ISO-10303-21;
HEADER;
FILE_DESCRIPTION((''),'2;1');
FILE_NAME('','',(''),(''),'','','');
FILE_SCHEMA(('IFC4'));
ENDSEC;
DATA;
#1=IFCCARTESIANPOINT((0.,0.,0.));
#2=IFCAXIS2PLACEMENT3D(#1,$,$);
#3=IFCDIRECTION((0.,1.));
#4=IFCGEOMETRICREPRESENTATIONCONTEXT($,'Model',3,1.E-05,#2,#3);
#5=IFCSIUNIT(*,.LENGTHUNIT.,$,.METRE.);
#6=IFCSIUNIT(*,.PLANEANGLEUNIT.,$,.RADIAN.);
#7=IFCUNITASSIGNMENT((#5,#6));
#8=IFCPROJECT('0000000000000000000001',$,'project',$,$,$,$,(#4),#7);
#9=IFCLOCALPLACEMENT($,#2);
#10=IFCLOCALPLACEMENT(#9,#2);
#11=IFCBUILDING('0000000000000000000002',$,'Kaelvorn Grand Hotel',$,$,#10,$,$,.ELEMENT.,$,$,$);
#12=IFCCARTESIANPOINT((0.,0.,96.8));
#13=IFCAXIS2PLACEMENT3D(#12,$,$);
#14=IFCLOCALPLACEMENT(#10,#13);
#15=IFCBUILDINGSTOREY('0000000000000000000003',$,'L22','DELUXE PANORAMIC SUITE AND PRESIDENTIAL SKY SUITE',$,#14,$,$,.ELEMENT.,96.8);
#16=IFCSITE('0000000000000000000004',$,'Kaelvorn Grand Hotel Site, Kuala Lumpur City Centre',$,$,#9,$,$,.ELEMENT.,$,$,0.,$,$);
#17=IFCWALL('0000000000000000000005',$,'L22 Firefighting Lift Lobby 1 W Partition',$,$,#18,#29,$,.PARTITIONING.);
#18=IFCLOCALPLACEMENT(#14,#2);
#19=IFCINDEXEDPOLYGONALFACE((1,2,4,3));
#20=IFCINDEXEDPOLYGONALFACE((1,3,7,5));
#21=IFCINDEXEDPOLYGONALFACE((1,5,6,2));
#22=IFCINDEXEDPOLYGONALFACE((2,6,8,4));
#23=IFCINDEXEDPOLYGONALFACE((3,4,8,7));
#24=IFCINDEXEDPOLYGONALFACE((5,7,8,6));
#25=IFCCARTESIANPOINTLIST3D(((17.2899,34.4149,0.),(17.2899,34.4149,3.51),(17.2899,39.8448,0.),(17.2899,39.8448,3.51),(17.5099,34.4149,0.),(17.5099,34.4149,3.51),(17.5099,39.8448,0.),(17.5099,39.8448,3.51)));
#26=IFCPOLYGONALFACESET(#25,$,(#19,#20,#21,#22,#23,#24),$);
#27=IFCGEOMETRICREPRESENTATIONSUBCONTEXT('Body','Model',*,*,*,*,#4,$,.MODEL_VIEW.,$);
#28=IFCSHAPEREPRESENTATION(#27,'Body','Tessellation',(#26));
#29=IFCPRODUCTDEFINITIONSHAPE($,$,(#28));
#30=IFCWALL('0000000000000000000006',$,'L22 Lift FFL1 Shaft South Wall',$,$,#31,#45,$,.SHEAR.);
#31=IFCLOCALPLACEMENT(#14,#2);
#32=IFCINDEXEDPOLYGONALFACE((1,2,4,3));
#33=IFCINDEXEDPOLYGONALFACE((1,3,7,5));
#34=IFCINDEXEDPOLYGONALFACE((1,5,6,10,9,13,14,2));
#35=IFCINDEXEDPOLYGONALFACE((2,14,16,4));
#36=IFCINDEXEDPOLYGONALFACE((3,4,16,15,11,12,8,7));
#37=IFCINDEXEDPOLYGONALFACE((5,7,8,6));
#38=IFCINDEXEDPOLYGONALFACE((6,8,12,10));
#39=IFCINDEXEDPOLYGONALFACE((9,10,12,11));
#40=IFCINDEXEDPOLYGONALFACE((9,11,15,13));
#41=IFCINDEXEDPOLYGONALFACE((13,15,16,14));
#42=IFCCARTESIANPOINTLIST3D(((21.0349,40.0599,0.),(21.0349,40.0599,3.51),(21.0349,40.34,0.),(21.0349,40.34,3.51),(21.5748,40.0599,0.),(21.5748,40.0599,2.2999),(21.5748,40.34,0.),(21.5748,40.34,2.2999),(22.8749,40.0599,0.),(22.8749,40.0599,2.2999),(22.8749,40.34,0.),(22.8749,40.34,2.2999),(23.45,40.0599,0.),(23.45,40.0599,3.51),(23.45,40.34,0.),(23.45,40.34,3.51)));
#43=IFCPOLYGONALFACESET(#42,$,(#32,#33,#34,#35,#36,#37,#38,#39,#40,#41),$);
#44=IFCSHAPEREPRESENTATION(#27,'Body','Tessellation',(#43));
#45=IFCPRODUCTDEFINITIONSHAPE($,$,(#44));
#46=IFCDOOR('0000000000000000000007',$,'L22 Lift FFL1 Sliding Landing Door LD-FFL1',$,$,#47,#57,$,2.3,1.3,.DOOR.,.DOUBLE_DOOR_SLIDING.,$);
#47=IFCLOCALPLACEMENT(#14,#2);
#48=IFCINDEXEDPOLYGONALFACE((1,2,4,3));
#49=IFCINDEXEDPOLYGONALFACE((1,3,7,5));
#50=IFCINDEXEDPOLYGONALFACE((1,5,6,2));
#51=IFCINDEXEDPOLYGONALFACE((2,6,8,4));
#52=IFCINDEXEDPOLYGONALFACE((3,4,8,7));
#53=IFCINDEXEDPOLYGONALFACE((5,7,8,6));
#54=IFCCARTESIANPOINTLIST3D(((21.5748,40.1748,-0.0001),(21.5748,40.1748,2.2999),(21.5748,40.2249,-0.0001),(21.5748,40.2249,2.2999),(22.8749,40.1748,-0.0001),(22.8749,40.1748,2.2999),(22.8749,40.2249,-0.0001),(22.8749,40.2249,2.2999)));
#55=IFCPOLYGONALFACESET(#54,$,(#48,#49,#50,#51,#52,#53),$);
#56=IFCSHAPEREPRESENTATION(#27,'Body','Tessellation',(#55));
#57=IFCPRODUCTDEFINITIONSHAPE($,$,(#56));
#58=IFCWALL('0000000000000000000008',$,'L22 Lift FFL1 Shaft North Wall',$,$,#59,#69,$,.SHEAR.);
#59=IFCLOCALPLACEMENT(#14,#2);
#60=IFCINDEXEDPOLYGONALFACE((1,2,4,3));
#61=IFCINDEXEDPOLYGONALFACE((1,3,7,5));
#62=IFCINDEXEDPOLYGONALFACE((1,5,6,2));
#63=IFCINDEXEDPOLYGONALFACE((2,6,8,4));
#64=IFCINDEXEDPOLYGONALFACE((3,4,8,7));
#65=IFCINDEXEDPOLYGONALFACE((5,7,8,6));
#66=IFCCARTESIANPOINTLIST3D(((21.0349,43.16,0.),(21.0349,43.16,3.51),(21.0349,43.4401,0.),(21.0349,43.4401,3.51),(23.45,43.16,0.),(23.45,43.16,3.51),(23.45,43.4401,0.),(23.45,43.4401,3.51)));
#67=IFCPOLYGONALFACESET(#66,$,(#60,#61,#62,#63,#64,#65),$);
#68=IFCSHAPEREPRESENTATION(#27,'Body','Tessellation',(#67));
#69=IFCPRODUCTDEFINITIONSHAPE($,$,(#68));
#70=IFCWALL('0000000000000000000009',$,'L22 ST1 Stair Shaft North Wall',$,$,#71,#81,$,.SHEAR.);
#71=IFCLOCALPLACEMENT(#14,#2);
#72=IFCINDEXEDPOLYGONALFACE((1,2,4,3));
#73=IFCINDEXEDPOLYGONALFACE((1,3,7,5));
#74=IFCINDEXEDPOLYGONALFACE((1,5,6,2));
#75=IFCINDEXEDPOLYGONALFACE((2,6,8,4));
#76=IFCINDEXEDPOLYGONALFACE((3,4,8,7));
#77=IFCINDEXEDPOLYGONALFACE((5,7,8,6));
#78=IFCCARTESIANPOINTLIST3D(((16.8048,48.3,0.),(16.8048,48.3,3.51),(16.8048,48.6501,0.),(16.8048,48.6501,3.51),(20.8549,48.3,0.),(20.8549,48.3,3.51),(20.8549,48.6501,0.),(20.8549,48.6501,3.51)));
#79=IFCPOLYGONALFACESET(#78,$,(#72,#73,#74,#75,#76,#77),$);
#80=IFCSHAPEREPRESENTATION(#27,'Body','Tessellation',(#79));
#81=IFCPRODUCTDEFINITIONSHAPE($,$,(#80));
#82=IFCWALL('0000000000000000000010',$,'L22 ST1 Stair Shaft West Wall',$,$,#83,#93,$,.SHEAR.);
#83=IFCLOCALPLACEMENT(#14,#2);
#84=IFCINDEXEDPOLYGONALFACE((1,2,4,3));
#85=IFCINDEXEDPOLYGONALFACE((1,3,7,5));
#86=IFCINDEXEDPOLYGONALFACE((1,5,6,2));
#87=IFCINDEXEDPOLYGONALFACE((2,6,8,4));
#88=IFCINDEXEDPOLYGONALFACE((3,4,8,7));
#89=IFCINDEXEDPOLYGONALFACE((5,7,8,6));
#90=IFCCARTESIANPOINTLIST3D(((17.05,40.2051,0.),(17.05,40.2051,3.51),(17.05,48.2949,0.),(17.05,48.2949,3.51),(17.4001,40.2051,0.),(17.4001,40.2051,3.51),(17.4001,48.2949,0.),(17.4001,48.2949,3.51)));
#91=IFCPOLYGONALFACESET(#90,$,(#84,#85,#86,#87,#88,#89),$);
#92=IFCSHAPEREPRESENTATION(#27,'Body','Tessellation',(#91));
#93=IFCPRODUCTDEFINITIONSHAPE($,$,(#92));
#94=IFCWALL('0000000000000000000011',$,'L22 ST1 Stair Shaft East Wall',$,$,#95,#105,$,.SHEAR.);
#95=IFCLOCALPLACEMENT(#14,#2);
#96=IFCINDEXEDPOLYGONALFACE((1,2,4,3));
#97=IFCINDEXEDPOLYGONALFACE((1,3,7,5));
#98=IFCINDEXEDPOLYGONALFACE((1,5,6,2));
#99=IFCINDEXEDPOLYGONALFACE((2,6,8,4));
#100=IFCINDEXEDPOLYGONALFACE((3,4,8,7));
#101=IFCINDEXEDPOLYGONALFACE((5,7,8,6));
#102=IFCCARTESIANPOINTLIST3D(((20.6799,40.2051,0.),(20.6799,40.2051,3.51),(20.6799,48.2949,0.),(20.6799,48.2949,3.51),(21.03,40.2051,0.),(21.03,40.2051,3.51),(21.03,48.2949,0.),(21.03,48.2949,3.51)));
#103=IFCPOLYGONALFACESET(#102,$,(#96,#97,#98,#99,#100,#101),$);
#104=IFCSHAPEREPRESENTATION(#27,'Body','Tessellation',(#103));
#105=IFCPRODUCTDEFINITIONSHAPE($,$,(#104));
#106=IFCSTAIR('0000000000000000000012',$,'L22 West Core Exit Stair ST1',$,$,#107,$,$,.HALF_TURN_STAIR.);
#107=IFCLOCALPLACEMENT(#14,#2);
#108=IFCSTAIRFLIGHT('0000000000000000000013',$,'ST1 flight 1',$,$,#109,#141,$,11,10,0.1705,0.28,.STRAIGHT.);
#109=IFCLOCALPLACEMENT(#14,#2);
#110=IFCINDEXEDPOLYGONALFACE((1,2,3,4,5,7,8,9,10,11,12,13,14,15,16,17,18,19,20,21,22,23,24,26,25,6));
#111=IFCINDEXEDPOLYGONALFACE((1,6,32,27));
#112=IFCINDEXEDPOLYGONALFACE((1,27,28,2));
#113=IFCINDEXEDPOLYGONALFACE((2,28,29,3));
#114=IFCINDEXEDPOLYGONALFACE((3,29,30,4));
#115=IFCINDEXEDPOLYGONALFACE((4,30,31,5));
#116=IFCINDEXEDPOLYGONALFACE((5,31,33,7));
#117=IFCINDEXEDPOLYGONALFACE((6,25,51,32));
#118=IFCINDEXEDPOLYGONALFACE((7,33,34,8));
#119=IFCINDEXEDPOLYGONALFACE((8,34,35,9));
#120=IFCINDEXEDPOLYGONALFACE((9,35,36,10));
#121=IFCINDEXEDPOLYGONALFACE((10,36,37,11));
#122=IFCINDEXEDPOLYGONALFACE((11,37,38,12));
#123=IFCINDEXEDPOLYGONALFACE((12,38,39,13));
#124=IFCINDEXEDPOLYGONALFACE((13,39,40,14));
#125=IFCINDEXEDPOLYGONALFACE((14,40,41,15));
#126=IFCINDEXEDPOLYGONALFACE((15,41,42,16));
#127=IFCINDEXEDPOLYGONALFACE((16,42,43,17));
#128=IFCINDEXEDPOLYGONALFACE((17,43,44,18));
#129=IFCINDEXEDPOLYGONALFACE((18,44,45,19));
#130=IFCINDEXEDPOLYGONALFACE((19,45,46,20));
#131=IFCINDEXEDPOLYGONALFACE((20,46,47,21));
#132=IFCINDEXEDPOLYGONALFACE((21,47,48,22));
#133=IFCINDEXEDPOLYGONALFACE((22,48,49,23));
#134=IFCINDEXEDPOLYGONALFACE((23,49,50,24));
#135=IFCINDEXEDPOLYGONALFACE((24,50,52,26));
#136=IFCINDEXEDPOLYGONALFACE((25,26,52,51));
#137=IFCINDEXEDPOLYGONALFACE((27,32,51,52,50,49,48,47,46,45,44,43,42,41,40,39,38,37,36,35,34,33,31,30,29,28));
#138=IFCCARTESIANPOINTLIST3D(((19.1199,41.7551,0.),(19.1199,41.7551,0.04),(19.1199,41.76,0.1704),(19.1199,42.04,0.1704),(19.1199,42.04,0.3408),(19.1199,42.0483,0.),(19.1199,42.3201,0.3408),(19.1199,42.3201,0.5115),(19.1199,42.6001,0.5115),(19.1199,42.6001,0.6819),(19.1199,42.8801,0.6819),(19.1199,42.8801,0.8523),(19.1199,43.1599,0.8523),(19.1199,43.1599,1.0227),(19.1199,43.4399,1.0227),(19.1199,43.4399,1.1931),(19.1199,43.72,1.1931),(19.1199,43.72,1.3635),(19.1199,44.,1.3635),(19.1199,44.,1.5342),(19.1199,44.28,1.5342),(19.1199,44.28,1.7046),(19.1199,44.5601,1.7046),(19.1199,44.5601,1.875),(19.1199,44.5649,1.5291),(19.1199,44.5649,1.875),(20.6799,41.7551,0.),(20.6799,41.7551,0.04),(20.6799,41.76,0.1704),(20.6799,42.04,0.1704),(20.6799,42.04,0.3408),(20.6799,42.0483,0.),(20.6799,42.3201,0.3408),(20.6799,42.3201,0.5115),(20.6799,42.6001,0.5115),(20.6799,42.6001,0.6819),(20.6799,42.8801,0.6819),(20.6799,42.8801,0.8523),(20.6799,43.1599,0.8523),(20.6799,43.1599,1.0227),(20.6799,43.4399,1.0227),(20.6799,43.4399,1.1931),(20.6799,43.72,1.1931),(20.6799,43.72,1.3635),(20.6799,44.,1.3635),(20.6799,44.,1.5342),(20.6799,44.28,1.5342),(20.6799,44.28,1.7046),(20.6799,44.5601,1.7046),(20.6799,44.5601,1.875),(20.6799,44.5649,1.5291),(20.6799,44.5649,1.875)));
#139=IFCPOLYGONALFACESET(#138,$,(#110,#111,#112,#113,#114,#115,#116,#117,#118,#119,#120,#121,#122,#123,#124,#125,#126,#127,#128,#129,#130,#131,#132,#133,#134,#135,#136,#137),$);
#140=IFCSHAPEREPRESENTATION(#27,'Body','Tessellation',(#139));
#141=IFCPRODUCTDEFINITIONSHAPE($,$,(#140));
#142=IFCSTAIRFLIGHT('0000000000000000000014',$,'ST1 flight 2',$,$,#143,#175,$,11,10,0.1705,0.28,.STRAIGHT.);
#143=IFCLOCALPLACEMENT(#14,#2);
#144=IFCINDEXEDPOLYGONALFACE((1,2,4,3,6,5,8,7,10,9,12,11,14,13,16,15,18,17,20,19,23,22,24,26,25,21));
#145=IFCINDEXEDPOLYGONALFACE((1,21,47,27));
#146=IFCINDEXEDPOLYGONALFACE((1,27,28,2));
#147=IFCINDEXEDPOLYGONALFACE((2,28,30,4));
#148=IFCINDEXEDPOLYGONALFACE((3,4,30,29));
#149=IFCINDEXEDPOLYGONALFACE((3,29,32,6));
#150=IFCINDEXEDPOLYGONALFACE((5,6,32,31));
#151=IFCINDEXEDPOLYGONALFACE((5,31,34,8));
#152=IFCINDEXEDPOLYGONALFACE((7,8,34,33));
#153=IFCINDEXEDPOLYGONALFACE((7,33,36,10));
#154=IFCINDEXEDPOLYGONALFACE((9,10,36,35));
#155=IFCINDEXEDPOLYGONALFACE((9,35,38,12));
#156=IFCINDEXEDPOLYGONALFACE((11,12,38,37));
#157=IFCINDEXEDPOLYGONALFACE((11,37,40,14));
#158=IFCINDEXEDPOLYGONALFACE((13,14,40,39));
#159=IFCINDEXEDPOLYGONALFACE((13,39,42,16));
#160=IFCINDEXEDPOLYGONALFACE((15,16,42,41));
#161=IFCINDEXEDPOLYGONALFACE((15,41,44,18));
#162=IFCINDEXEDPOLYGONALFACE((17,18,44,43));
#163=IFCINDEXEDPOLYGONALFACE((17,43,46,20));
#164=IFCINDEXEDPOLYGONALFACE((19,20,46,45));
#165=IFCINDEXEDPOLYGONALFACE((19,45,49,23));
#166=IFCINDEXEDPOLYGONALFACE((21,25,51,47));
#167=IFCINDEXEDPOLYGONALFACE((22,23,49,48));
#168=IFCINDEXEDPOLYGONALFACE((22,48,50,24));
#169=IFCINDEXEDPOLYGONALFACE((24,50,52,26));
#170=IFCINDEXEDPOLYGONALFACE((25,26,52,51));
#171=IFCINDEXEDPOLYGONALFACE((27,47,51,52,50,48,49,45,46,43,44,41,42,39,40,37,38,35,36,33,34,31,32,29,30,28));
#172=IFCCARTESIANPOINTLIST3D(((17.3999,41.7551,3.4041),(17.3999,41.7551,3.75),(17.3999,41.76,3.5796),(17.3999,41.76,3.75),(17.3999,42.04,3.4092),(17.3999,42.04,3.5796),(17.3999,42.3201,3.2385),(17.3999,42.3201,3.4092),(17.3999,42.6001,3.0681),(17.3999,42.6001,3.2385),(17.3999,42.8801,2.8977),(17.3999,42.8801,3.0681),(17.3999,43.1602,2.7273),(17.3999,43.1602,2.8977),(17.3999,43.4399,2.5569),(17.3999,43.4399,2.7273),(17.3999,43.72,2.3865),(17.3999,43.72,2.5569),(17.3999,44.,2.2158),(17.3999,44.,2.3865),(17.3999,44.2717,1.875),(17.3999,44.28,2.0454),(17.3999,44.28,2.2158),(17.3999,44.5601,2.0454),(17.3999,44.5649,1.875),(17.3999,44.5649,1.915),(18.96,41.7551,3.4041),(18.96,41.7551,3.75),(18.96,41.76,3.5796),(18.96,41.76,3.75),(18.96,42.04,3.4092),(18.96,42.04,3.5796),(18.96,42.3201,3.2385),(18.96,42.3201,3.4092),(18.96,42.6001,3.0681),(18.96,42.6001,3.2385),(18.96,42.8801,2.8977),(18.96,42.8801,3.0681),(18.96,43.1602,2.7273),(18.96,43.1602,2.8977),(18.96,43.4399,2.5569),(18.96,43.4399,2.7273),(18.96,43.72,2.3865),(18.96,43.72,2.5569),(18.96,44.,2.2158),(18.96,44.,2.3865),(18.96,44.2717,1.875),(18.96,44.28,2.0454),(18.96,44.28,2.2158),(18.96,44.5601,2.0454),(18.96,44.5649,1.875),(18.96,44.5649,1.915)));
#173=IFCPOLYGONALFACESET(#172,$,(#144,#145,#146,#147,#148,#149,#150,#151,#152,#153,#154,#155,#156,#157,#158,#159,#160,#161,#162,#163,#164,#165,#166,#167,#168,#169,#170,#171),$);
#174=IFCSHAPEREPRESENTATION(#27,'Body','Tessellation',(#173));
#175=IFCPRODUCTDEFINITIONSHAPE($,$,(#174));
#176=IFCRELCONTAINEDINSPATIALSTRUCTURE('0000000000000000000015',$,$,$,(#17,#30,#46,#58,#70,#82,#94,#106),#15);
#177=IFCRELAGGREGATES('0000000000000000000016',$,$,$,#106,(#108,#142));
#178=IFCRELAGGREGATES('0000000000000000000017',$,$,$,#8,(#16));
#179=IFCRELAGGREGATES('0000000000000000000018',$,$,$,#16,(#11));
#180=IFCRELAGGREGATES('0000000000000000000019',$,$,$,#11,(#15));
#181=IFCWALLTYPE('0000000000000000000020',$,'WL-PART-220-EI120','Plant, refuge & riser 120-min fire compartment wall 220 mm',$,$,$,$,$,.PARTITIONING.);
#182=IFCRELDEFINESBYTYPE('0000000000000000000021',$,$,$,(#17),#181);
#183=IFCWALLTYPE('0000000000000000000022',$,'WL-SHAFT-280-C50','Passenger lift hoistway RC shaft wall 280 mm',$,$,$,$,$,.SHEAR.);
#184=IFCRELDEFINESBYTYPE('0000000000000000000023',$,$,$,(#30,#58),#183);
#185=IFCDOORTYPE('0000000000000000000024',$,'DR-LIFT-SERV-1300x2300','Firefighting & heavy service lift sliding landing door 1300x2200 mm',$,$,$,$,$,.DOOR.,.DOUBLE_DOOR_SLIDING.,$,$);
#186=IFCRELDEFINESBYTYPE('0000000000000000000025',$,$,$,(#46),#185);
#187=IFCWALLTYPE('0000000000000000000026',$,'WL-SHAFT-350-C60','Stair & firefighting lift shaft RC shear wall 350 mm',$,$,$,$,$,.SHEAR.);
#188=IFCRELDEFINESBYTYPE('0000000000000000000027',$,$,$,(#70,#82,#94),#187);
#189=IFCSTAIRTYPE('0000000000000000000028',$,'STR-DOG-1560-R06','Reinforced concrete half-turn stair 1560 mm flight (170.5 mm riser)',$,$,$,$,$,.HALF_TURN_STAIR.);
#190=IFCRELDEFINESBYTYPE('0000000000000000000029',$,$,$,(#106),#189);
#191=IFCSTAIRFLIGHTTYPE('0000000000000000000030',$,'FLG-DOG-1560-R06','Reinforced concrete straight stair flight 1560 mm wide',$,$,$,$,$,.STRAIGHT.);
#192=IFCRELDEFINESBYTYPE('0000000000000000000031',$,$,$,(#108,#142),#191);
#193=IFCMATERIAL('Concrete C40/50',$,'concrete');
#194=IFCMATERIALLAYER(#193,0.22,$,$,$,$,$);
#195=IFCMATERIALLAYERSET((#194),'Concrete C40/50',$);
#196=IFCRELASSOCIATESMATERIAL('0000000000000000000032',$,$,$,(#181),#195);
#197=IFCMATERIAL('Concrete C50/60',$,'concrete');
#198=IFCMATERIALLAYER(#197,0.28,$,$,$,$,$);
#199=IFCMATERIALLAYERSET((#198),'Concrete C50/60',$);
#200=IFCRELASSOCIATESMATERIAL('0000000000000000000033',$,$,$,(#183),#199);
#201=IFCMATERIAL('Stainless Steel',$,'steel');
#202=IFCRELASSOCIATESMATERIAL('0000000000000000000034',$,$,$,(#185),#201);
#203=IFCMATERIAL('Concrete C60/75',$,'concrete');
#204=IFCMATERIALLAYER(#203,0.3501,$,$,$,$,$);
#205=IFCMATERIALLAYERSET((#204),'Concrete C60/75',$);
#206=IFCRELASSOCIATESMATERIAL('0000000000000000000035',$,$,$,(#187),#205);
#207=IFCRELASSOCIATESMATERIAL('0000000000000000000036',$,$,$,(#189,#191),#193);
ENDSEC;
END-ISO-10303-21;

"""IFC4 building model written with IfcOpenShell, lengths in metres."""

from ifc_helpers import new_model, si_unit, direction, frame, frame_2d, origin, place, context, subcontext, project, spatial, polyline, rectangle, outline, extrude, material, layer, layer_set, type_object, element, fill, aggregate, save


model = new_model("IFC4")

# Units and contexts
model_context = context("Model", 3, precision=1e-05, world=origin(), true_north=direction((0.0, 1.0)))
body_context = subcontext(model_context, "Body", "Model", "MODEL_VIEW")
ifc_project = project(units=[si_unit("LENGTHUNIT", "METRE"), si_unit("PLANEANGLEUNIT", "RADIAN")], contexts=[model_context])

# Site, building, storey
site_placement = place(None, origin())
site = spatial("IfcSite", under=ifc_project, at=site_placement, Name="Kaelvorn Grand Hotel Site, Kuala Lumpur City Centre", CompositionType="ELEMENT", RefElevation=0.0)
building_placement = place(site_placement, origin())
building = spatial("IfcBuilding", under=site, at=building_placement, Name="Kaelvorn Grand Hotel", CompositionType="ELEMENT")
storey_placement = place(building_placement, frame((0.0, 0.0, 96.8)))
storey = spatial("IfcBuildingStorey", under=building, at=storey_placement, Name="L22", Description="DELUXE PANORAMIC SUITE AND PRESIDENTIAL SKY SUITE", CompositionType="ELEMENT", Elevation=96.8)

# Shared definitions
ifc_material_1 = material(Name="Concrete C60/75", Category="concrete")

# Shared definitions
ifc_material_2 = material(Name="Concrete C40/50", Category="concrete")
ifc_layer_1 = layer(ifc_material_2, 0.22)
ifc_layer_set_1 = layer_set([ifc_layer_1], Name="Concrete C40/50")
wall_type_1 = type_object("IfcWallType", Name="WL-PART-220-EI120", Description="Plant, refuge & riser 120-min fire compartment wall 220 mm", PredefinedType="PARTITIONING", material=ifc_layer_set_1)

# Wall
wall_1_placement = place(storey_placement, frame((17.3999, 34.415, 0.0), z_axis=(0.0, 0.0, 1.0), x_axis=(0.0, 1.0, 0.0)))
element("IfcWall", 1, at=wall_1_placement, inside=storey, type_object=wall_type_1, Name="L22 Firefighting Lift Lobby 1 W Partition", PredefinedType="PARTITIONING", context=body_context, shape_type="SweptSolid", body=[
    extrude(rectangle(XDim=5.4299, YDim=0.22, at=frame_2d((2.7148, 0.0))), origin(), (0.0, 0.0, 1.0), 3.51),
])

# Wall, opening, door
ifc_material_3 = material(Name="Concrete C50/60", Category="concrete")
ifc_layer_2 = layer(ifc_material_3, 0.28)
ifc_layer_set_2 = layer_set([ifc_layer_2], Name="Concrete C50/60")
wall_type_2 = type_object("IfcWallType", Name="WL-SHAFT-280-C50", Description="Passenger lift hoistway RC shaft wall 280 mm", PredefinedType="SHEAR", material=ifc_layer_set_2)
wall_2_placement = place(storey_placement, frame((21.0349, 40.2, 0.0), z_axis=(0.0, 0.0, 1.0), x_axis=(1.0, 0.0, 0.0)))
wall_2 = element("IfcWall", 2, at=wall_2_placement, inside=storey, type_object=wall_type_2, Name="L22 Lift FFL1 Shaft South Wall", PredefinedType="SHEAR", context=body_context, shape_type="SweptSolid", body=[
    extrude(rectangle(XDim=2.415, YDim=0.28, at=frame_2d((1.2075, 0.0))), origin(), (0.0, 0.0, 1.0), 3.51),
])
opening_1_placement = place(wall_2_placement, frame((0.54, 0.0, 0.0)))
opening_1 = element("IfcOpeningElement", 3, at=opening_1_placement, cuts=wall_2, PredefinedType="OPENING", context=body_context, shape_type="SweptSolid", body=[
    extrude(rectangle(XDim=1.3, YDim=2.3, at=frame_2d((0.6499, 1.1499))), frame((0.0, 0.1499, 0.0), z_axis=(0.0, -1.0, 0.0), x_axis=(1.0, 0.0, 0.0)), (0.0, 0.0, 1.0), 0.3),
])
ifc_material_4 = material(Name="Stainless Steel", Category="steel")
door_type_1 = type_object("IfcDoorType", Name="DR-LIFT-SERV-1300x2300", Description="Firefighting & heavy service lift sliding landing door 1300x2200 mm", OperationType="DOUBLE_DOOR_SLIDING", PredefinedType="DOOR", material=ifc_material_4)
door_1_placement = place(opening_1_placement, origin())
door_1 = element("IfcDoor", 4, at=door_1_placement, inside=storey, type_object=door_type_1, Name="L22 Lift FFL1 Sliding Landing Door LD-FFL1", OperationType="DOUBLE_DOOR_SLIDING", OverallHeight=2.3, OverallWidth=1.3, PredefinedType="DOOR", context=body_context, shape_type="SweptSolid", body=[
    extrude(rectangle(XDim=1.3, YDim=2.3, at=frame_2d((0.6499, 1.1499))), frame((0.0, 0.0249, 0.0), z_axis=(0.0, -1.0, 0.0), x_axis=(1.0, 0.0, 0.0)), (0.0, 0.0, 1.0), 0.05),
])
fill(opening_1, door_1)

# Wall
wall_3_placement = place(storey_placement, frame((21.0349, 43.3, 0.0), z_axis=(0.0, 0.0, 1.0), x_axis=(1.0, 0.0, 0.0)))
element("IfcWall", 5, at=wall_3_placement, inside=storey, type_object=wall_type_2, Name="L22 Lift FFL1 Shaft North Wall", PredefinedType="SHEAR", context=body_context, shape_type="SweptSolid", body=[
    extrude(rectangle(XDim=2.415, YDim=0.28, at=frame_2d((1.2075, 0.0))), origin(), (0.0, 0.0, 1.0), 3.51),
])

# Shared definitions
ifc_layer_3 = layer(ifc_material_1, 0.3501)
ifc_layer_set_3 = layer_set([ifc_layer_3], Name="Concrete C60/75")
wall_type_3 = type_object("IfcWallType", Name="WL-SHAFT-350-C60", Description="Stair & firefighting lift shaft RC shear wall 350 mm", PredefinedType="SHEAR", material=ifc_layer_set_3)

# Walls
wall_4_placement = place(storey_placement, frame((16.8049, 48.4751, 0.0), z_axis=(0.0, 0.0, 1.0), x_axis=(1.0, 0.0, 0.0)))
element("IfcWall", 6, at=wall_4_placement, inside=storey, type_object=wall_type_3, Name="L22 ST1 Stair Shaft North Wall", PredefinedType="SHEAR", context=body_context, shape_type="SweptSolid", body=[
    extrude(rectangle(XDim=4.05, YDim=0.3501, at=frame_2d((2.0249, 0.0))), origin(), (0.0, 0.0, 1.0), 3.51),
])
for number, where, z_axis, x_axis, name in (
    (7, (17.2251, 40.2051, 0.0), (0.0, 0.0, 1.0), (0.0, 1.0, 0.0), "L22 ST1 Stair Shaft West Wall"),
    (8, (20.855, 40.2051, 0.0), (0.0, 0.0, 1.0), (0.0, 1.0, 0.0), "L22 ST1 Stair Shaft East Wall"),
):
    element("IfcWall", number, at=place(storey_placement, frame(where, z_axis=z_axis, x_axis=x_axis)), inside=storey, type_object=wall_type_3, Name=name, PredefinedType="SHEAR", context=body_context, shape_type="SweptSolid", body=[
        extrude(rectangle(XDim=8.0898, YDim=0.3501, at=frame_2d((4.0449, 0.0))), origin(), (0.0, 0.0, 1.0), 3.51),
    ])

# Stair, stair flights
stair_type = type_object("IfcStairType", Name="STR-DOG-1560-R06", Description="Reinforced concrete half-turn stair 1560 mm flight (170.5 mm riser)", PredefinedType="HALF_TURN_STAIR", material=ifc_material_2)
stair_placement = place(storey_placement, origin())
stair = element("IfcStair", 9, at=stair_placement, inside=storey, type_object=stair_type, Name="L22 West Core Exit Stair ST1", PredefinedType="HALF_TURN_STAIR")
stair_flight_type = type_object("IfcStairFlightType", Name="FLG-DOG-1560-R06", Description="Reinforced concrete straight stair flight 1560 mm wide", PredefinedType="STRAIGHT", material=ifc_material_2)
stair_flight_1_placement = place(storey_placement, frame((19.8999, 41.76, 0.0), z_axis=(0.0, 0.0, 1.0), x_axis=(0.0, 1.0, 0.0)))
stair_flight_1 = element("IfcStairFlight", 10, at=stair_flight_1_placement, type_object=stair_flight_type, Name="ST1 flight 1", NumberOfRisers=11, NumberOfTreads=10, PredefinedType="STRAIGHT", RiserHeight=0.1705, TreadLength=0.28, context=body_context, shape_type="SweptSolid", body=[
    extrude(outline(polyline([(-0.0049, 0.0), (-0.0049, 0.04), (0.0, 0.1704), (0.28, 0.1704), (0.28, 0.3408), (0.5601, 0.3408), (0.5601, 0.5115), (0.8401, 0.5115), (0.8401, 0.6819), (1.1201, 0.6819), (1.1201, 0.8523), (1.3999, 0.8523), (1.3999, 1.0227), (1.6799, 1.0227), (1.6799, 1.1931), (1.96, 1.1931), (1.96, 1.3635), (2.24, 1.3635), (2.24, 1.5342), (2.52, 1.5342), (2.52, 1.7046), (2.8, 1.7046), (2.8, 1.875), (2.8049, 1.875), (2.8049, 1.5291), (0.2883, 0.0), (-0.0049, 0.0)])), frame((0.0, 0.78, 0.0), z_axis=(0.0, -1.0, 0.0), x_axis=(1.0, 0.0, 0.0)), (0.0, 0.0, 1.0), 1.5601),
])
stair_flight_2_placement = place(storey_placement, frame((18.1799, 44.5601, 1.875), z_axis=(0.0, 0.0, 1.0), x_axis=(0.0, -1.0, 0.0)))
stair_flight_2 = element("IfcStairFlight", 11, at=stair_flight_2_placement, type_object=stair_flight_type, Name="ST1 flight 2", NumberOfRisers=11, NumberOfTreads=10, PredefinedType="STRAIGHT", RiserHeight=0.1705, TreadLength=0.28, context=body_context, shape_type="SweptSolid", body=[
    extrude(outline(polyline([(-0.0049, 0.0), (-0.0049, 0.04), (0.0, 0.1704), (0.28, 0.1704), (0.28, 0.3408), (0.5601, 0.3408), (0.5601, 0.5115), (0.8401, 0.5115), (0.8401, 0.6819), (1.1201, 0.6819), (1.1201, 0.8523), (1.3999, 0.8523), (1.3999, 1.0227), (1.6799, 1.0227), (1.6799, 1.1931), (1.96, 1.1931), (1.96, 1.3635), (2.24, 1.3635), (2.24, 1.5342), (2.52, 1.5342), (2.52, 1.7046), (2.8, 1.7046), (2.8, 1.875), (2.8049, 1.875), (2.8049, 1.5291), (0.2883, 0.0), (-0.0049, 0.0)])), frame((0.0, 0.78, 0.0), z_axis=(0.0, -1.0, 0.0), x_axis=(1.0, 0.0, 0.0)), (0.0, 0.0, 1.0), 1.5601),
])
aggregate(stair, [stair_flight_1, stair_flight_2])

save(model, "model.ifc")
